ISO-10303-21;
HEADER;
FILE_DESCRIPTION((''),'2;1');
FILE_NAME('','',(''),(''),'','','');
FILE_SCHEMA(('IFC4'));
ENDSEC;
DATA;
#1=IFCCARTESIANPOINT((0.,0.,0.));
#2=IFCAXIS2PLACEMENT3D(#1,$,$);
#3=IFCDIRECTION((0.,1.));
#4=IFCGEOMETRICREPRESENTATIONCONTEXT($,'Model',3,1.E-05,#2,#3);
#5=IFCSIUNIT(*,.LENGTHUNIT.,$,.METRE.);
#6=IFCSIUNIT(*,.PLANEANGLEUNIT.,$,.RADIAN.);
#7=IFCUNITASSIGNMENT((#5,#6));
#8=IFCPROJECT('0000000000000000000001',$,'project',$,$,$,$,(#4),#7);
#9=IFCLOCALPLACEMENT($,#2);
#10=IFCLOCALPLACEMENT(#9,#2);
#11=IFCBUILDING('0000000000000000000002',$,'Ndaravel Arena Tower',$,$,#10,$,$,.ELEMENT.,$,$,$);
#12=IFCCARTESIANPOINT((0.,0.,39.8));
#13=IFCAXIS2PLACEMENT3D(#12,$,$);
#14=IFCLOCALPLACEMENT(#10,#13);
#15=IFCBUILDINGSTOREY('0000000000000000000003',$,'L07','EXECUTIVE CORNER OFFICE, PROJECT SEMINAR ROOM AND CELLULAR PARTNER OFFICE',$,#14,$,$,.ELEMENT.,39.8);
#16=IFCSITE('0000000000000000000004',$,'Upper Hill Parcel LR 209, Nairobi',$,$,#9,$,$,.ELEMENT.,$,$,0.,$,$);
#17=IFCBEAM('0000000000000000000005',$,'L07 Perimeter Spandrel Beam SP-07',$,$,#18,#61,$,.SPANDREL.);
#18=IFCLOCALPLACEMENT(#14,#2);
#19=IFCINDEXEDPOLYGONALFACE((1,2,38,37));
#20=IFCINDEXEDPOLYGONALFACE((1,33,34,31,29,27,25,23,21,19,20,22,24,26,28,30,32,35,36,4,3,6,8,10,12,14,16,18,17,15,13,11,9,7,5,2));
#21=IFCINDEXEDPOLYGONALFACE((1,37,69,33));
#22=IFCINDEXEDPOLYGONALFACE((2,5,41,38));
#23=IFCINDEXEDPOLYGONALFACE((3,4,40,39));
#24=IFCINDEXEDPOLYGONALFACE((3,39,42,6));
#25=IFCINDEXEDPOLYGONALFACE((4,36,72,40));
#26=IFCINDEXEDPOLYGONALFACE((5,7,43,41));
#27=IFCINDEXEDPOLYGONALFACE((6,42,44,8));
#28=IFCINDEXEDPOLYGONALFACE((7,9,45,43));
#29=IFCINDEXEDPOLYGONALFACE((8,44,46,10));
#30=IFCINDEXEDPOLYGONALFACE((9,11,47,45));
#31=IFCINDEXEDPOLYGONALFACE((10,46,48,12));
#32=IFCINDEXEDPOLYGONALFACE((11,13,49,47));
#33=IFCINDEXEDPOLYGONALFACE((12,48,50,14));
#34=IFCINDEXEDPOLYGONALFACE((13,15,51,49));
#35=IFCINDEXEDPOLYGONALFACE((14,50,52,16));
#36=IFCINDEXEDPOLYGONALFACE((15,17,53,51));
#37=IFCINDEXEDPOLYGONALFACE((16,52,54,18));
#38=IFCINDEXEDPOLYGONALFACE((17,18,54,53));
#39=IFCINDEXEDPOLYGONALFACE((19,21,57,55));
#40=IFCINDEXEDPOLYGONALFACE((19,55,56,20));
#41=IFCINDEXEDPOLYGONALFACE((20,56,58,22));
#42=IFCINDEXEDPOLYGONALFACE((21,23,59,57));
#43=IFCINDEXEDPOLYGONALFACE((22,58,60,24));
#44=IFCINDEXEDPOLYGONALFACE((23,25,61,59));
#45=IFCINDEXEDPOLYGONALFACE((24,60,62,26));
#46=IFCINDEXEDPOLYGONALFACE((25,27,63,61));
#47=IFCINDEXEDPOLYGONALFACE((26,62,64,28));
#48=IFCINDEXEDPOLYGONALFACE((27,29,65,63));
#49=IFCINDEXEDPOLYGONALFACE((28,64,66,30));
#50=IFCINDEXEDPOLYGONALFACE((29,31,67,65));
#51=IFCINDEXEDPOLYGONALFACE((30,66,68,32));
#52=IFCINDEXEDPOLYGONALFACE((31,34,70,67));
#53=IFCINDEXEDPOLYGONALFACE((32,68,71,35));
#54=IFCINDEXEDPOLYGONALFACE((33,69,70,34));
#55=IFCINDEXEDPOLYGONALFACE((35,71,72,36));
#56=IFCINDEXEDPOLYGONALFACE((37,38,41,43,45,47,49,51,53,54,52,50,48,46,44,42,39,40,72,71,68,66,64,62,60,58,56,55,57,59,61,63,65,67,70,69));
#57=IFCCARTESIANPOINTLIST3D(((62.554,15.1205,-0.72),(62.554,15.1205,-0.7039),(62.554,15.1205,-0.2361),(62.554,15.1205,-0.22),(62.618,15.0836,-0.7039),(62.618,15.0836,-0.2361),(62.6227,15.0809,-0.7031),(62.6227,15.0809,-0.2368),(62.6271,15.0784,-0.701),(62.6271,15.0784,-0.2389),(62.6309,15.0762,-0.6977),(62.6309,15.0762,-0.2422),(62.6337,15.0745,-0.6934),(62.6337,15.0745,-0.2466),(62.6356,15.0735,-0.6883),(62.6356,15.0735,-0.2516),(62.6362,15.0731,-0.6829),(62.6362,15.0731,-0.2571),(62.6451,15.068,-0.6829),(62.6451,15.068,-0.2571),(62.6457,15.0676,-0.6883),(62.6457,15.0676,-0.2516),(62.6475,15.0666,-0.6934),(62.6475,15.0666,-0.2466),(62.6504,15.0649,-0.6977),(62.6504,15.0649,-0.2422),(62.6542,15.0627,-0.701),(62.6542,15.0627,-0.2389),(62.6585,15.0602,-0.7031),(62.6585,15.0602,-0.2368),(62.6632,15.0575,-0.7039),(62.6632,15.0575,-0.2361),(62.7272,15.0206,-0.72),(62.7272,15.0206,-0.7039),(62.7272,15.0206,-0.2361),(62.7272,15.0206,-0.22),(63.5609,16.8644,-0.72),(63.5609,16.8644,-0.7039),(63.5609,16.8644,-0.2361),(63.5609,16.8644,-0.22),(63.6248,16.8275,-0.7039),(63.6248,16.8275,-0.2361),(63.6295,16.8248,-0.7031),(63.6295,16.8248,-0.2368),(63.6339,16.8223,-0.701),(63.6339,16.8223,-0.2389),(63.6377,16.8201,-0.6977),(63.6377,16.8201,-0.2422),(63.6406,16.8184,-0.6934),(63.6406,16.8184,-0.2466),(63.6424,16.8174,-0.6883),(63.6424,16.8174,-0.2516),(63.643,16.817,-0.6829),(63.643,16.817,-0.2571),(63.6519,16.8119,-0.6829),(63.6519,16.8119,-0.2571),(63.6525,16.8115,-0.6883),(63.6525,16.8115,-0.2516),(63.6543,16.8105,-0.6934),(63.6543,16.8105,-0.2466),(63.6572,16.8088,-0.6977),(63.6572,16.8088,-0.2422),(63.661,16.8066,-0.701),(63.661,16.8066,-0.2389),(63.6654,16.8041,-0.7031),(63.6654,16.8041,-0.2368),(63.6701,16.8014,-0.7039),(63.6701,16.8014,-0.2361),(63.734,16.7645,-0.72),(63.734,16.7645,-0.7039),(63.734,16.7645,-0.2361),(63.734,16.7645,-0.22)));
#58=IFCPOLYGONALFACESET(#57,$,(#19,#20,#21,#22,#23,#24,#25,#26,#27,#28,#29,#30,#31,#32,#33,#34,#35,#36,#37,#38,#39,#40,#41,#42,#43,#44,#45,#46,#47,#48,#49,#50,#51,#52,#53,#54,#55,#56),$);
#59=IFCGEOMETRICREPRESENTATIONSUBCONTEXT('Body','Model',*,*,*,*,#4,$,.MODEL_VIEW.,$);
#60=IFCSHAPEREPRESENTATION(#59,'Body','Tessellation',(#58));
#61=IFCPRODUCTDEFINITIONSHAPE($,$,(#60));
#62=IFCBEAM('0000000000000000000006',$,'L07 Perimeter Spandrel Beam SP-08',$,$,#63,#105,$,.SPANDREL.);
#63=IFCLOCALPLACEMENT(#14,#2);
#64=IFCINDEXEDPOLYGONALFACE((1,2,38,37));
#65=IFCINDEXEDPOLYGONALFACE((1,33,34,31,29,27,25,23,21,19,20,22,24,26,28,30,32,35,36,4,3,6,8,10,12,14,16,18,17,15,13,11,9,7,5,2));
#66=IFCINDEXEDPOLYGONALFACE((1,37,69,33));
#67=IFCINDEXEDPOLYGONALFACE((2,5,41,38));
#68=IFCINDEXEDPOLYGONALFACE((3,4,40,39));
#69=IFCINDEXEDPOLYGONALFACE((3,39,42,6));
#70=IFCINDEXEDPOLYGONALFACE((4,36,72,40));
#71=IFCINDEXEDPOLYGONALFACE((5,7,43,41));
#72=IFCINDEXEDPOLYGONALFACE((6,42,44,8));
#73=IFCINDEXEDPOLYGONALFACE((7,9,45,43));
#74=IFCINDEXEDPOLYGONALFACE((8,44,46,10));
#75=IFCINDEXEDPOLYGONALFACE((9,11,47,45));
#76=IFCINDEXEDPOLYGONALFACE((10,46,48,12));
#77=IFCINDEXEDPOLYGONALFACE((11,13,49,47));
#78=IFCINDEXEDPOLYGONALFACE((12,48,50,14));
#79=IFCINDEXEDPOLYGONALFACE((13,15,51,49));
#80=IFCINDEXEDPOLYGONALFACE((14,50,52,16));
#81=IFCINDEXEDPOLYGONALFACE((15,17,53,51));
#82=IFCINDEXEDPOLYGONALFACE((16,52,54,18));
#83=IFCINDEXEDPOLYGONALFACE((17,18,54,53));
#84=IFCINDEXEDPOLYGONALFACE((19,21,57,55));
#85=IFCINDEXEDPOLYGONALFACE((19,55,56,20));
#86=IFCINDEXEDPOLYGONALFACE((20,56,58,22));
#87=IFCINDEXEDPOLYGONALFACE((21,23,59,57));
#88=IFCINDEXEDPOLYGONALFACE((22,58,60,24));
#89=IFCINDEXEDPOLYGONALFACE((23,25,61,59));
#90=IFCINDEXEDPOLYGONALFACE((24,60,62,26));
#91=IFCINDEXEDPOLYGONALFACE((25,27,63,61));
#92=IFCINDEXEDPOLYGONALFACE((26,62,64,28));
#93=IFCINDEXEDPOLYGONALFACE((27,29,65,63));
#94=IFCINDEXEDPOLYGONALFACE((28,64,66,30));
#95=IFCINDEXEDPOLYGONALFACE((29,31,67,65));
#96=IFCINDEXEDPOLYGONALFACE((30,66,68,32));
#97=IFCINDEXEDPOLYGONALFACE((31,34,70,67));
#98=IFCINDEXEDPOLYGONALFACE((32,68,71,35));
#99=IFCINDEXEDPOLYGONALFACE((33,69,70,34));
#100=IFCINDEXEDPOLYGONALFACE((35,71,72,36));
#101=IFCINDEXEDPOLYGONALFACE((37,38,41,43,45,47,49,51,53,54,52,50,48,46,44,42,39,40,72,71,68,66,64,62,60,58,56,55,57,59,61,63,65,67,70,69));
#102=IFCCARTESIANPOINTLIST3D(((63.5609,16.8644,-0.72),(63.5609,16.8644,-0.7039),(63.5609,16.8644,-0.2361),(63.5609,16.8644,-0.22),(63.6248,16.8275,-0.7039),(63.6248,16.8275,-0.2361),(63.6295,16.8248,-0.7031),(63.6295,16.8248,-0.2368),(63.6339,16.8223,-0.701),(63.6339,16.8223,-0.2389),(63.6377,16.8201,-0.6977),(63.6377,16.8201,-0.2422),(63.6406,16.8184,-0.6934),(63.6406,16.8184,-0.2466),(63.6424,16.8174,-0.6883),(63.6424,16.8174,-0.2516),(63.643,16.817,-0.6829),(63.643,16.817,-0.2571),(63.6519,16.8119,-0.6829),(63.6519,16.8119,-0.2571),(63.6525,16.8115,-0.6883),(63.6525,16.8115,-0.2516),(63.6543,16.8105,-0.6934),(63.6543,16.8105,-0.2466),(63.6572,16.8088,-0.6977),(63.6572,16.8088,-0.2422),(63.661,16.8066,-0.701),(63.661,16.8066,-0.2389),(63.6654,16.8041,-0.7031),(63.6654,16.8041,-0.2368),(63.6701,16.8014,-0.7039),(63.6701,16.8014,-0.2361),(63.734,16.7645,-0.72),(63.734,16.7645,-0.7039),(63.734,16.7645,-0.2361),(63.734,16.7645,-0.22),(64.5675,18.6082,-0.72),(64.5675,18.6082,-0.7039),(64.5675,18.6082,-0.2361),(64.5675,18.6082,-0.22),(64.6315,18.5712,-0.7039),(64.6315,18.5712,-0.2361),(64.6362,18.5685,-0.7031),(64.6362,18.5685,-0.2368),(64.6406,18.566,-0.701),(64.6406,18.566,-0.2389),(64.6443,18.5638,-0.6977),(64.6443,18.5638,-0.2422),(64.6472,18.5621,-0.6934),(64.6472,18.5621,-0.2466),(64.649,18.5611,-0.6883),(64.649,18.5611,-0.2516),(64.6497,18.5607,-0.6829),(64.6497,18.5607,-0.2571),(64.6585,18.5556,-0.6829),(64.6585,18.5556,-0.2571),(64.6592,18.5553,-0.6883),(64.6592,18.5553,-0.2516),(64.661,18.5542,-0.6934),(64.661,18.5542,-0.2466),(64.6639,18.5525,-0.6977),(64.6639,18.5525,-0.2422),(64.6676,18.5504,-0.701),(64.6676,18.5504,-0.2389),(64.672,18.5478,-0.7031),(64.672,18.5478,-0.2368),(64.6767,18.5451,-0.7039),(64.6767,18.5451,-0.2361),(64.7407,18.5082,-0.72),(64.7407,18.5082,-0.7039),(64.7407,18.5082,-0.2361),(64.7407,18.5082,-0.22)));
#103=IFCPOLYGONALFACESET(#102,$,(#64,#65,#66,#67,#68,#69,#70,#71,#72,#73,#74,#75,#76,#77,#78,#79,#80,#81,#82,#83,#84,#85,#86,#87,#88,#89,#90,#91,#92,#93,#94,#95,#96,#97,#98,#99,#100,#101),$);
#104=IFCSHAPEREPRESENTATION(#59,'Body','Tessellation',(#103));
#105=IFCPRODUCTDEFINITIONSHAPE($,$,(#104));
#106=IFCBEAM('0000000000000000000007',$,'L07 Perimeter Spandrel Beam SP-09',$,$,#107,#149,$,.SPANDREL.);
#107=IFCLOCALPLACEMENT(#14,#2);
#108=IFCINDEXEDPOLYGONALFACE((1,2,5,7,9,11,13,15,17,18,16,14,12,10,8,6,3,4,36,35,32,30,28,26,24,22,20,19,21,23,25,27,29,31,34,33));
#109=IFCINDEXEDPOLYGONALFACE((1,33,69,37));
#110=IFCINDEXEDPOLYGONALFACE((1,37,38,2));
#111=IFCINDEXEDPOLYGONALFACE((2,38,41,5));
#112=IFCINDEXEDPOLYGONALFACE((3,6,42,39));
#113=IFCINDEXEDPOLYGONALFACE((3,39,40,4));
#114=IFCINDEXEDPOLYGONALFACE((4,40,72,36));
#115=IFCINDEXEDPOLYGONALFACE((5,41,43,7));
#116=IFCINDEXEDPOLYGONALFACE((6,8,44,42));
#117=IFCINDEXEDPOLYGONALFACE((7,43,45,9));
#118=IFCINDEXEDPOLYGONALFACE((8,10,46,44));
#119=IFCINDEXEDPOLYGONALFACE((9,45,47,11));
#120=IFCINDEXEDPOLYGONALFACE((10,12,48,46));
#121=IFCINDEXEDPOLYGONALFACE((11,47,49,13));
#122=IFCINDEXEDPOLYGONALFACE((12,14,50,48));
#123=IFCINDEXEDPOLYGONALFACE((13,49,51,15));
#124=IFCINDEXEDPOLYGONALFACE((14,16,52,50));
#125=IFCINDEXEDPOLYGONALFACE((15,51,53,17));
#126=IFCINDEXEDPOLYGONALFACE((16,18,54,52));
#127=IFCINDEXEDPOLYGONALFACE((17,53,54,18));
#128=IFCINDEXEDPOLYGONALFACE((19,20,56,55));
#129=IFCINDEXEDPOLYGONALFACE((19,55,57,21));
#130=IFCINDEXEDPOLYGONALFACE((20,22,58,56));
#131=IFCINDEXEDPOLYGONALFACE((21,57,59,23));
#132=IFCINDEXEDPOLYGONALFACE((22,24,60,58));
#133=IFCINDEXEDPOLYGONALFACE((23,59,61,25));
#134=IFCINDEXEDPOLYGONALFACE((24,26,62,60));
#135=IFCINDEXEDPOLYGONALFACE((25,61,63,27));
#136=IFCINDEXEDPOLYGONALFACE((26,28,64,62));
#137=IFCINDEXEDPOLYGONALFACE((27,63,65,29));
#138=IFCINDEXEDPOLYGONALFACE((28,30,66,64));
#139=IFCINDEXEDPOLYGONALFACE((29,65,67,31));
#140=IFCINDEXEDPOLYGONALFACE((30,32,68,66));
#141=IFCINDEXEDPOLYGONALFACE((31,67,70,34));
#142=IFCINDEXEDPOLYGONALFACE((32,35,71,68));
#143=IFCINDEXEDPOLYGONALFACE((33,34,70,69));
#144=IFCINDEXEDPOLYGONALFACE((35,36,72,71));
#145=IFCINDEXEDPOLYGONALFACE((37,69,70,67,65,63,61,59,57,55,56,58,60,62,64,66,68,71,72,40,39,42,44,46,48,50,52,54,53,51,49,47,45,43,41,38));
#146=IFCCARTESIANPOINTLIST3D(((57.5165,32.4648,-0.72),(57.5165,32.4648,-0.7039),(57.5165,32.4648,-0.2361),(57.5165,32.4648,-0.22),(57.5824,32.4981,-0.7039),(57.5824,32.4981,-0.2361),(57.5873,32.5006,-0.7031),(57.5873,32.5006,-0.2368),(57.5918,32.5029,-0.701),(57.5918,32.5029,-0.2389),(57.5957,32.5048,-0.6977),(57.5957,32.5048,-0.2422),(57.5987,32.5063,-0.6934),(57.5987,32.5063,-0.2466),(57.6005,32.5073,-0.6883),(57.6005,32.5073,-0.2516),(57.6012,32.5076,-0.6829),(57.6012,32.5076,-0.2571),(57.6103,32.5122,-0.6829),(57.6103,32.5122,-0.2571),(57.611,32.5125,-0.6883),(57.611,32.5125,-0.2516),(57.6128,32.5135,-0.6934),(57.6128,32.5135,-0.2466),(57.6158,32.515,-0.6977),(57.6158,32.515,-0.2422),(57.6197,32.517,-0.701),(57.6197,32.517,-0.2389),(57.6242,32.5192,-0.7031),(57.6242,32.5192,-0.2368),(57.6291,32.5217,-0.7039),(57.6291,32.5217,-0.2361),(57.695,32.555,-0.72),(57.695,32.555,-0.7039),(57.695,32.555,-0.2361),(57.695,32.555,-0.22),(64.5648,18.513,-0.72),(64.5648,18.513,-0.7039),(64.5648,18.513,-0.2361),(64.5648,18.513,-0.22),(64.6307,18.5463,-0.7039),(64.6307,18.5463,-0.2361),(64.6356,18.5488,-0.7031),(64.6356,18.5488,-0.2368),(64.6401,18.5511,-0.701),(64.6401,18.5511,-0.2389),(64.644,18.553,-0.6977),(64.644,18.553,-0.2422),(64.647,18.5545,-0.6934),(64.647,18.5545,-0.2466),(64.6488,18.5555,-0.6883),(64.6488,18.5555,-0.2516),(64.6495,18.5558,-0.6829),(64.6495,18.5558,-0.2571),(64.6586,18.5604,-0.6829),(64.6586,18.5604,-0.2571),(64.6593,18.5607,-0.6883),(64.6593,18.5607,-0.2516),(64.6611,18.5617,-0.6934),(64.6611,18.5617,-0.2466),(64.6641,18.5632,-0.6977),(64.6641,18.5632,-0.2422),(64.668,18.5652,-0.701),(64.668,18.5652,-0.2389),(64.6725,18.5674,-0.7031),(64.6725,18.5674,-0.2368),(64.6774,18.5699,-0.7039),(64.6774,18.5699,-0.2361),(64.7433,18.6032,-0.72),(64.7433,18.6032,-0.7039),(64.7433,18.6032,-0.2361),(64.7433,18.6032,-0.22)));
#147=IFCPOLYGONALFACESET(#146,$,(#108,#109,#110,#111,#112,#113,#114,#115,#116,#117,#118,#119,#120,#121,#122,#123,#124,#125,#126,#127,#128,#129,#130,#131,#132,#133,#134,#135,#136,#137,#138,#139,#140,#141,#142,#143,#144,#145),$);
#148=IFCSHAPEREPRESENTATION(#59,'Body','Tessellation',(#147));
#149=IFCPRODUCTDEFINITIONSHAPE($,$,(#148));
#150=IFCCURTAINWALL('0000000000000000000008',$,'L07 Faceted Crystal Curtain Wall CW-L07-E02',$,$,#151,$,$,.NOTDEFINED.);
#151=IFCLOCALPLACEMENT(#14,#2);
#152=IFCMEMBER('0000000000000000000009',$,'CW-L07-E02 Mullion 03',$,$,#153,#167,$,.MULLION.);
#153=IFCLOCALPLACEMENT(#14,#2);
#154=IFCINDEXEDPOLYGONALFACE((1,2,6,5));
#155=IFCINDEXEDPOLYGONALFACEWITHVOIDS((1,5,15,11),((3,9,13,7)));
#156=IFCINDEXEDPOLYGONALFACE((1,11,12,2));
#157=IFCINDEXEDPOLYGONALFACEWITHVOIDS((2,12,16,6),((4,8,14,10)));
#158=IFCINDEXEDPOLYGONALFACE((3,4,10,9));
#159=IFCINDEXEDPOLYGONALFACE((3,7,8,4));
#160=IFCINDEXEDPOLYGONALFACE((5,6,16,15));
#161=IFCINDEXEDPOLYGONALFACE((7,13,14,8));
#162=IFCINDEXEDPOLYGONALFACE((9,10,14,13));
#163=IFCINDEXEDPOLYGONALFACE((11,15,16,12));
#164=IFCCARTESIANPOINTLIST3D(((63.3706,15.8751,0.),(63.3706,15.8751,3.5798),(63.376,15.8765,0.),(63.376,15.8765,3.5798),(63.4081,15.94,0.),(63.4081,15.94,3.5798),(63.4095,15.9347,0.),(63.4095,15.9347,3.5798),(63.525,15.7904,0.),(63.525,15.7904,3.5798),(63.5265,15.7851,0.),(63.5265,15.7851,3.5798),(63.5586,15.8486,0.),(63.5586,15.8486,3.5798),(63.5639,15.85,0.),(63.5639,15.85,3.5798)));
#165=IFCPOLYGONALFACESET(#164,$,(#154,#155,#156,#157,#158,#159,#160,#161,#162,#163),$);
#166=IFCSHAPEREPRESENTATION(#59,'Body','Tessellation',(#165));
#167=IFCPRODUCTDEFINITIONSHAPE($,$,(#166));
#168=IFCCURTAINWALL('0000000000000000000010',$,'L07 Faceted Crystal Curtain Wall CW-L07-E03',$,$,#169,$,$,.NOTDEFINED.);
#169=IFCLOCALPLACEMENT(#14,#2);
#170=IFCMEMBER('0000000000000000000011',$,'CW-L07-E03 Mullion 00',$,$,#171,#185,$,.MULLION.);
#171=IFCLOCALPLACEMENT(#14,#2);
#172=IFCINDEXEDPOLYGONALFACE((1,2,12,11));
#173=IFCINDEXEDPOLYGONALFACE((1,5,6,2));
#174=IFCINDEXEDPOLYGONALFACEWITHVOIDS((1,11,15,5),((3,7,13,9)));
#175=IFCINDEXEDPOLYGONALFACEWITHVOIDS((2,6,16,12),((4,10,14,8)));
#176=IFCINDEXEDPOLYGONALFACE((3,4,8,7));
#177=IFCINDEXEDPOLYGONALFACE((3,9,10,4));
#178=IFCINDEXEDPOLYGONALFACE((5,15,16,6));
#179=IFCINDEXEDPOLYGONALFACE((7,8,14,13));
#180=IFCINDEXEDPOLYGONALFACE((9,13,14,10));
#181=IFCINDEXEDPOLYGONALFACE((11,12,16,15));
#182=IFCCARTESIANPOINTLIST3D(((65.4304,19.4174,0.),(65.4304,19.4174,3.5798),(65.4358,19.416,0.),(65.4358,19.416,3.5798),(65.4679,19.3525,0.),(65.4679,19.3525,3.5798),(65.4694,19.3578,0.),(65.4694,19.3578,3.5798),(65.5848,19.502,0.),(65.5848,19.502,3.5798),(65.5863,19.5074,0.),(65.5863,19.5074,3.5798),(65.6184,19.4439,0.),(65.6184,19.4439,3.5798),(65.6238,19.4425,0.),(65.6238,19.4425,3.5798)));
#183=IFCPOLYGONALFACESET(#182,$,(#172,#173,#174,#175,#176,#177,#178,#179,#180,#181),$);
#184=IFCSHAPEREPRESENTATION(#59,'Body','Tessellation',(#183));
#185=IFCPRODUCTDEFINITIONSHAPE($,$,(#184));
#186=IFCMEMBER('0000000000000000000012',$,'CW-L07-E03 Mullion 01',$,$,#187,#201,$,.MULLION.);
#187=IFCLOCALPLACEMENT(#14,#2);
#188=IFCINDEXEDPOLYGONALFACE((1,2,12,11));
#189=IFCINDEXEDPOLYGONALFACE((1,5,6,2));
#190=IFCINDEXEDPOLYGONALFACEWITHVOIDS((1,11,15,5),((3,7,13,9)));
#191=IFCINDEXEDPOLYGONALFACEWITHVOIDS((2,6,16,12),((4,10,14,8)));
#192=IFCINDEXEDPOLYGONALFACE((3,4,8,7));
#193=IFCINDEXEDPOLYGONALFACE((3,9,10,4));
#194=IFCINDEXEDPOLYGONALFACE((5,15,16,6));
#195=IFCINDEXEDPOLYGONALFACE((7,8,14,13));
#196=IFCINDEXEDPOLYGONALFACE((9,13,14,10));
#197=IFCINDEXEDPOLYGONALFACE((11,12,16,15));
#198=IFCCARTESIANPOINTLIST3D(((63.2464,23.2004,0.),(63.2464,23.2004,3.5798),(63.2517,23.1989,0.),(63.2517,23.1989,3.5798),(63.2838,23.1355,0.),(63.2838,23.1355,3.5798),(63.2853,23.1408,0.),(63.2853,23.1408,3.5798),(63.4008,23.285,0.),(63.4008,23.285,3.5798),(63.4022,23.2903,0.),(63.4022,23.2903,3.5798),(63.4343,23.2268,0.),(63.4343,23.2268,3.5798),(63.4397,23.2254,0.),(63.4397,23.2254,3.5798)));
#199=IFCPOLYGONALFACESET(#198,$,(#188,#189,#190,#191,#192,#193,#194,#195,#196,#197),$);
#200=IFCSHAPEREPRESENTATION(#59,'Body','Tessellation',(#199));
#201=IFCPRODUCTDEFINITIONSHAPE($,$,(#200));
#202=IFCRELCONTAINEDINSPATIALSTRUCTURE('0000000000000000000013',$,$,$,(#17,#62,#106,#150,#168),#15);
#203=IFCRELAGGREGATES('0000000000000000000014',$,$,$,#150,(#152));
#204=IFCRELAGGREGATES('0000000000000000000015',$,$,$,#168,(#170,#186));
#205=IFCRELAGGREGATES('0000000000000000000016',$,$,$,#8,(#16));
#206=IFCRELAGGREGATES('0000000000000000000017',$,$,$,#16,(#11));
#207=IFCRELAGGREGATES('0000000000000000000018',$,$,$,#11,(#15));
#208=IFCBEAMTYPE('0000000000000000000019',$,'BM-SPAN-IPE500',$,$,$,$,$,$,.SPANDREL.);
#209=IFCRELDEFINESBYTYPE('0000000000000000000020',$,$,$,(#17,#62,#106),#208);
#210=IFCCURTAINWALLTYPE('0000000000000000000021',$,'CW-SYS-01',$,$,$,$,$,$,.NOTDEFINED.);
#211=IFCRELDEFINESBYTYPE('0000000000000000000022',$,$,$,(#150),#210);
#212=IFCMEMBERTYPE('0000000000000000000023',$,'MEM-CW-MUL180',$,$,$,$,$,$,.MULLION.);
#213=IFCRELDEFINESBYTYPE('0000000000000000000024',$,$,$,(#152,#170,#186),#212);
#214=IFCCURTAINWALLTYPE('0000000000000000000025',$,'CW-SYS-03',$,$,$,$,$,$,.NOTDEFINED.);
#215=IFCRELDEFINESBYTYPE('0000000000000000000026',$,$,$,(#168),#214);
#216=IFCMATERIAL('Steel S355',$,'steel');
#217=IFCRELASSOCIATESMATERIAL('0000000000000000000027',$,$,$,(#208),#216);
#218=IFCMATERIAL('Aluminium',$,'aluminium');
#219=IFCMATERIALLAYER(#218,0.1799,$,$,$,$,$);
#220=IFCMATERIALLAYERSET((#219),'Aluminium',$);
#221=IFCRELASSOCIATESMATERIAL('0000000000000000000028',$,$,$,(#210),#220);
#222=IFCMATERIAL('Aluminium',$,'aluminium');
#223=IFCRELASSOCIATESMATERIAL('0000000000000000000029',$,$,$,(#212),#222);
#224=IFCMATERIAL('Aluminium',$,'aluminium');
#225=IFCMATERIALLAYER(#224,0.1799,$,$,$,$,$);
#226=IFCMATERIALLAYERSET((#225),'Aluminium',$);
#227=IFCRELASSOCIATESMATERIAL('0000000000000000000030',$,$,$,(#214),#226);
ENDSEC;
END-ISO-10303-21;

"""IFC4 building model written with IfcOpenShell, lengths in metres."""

from ifc_helpers import new_model, si_unit, direction, frame, origin, origin_2d, place, context, subcontext, project, spatial, hollow_rectangle, i_section, extrude, material, layer, layer_set, material_profile, profile_set, type_object, element, aggregate, save


model = new_model("IFC4")

# Units and contexts
model_context = context("Model", 3, precision=1e-05, world=origin(), true_north=direction((0.0, 1.0)))
body_context = subcontext(model_context, "Body", "Model", "MODEL_VIEW")
ifc_project = project(units=[si_unit("LENGTHUNIT", "METRE"), si_unit("PLANEANGLEUNIT", "RADIAN")], contexts=[model_context])

# Site, building, storey
site_placement = place(None, origin())
site = spatial("IfcSite", under=ifc_project, at=site_placement, Name="Upper Hill Parcel LR 209, Nairobi", CompositionType="ELEMENT", RefElevation=0.0)
building_placement = place(site_placement, origin())
building = spatial("IfcBuilding", under=site, at=building_placement, Name="Ndaravel Arena Tower", CompositionType="ELEMENT")
storey_placement = place(building_placement, frame((0.0, 0.0, 39.8)))
storey = spatial("IfcBuildingStorey", under=building, at=storey_placement, Name="L07", Description="EXECUTIVE CORNER OFFICE, PROJECT SEMINAR ROOM AND CELLULAR PARTNER OFFICE", CompositionType="ELEMENT", Elevation=39.8)

# Beams
ifc_material_1 = material(Name="Steel S355", Category="steel")
ifc_material_profile_1 = material_profile(ifc_material_1, i_section(OverallWidth=0.2, OverallDepth=0.5, WebThickness=0.0103, FlangeThickness=0.0161, FilletRadius=0.021, at=origin_2d()), Name="IPE 500")
ifc_profile_set_1 = profile_set([ifc_material_profile_1], Name="Steel S355")
beam_type_1 = type_object("IfcBeamType", Name="BM-SPAN-IPE500", PredefinedType="SPANDREL", material=ifc_profile_set_1)
beam_1_placement = place(storey_placement, frame((62.6406, 15.0706, -0.47), z_axis=(0.499999, 0.866026, 0.0), x_axis=(-0.866026, 0.499999, 0.0)))
element("IfcBeam", 1, at=beam_1_placement, inside=storey, type_object=beam_type_1, Name="L07 Perimeter Spandrel Beam SP-07", PredefinedType="SPANDREL", context=body_context, shape_type="SweptSolid", body=[
    extrude(i_section(OverallWidth=0.2, OverallDepth=0.5, WebThickness=0.0103, FlangeThickness=0.0161, FilletRadius=0.021, at=origin_2d()), origin(), (0.0, 0.0, 1.0), 2.0137),
])
beam_2_placement = place(storey_placement, frame((63.6475, 16.8145, -0.47), z_axis=(0.49996, 0.866048, 0.0), x_axis=(-0.866048, 0.49996, 0.0)))
element("IfcBeam", 2, at=beam_2_placement, inside=storey, type_object=beam_type_1, Name="L07 Perimeter Spandrel Beam SP-08", PredefinedType="SPANDREL", context=body_context, shape_type="SweptSolid", body=[
    extrude(i_section(OverallWidth=0.2, OverallDepth=0.5, WebThickness=0.0103, FlangeThickness=0.0161, FilletRadius=0.021, at=origin_2d()), origin(), (0.0, 0.0, 1.0), 2.0134),
])
beam_3_placement = place(storey_placement, frame((64.6541, 18.5581, -0.47), z_axis=(-0.450915, 0.892567, 0.0), x_axis=(-0.892567, -0.450915, 0.0)))
element("IfcBeam", 3, at=beam_3_placement, inside=storey, type_object=beam_type_1, Name="L07 Perimeter Spandrel Beam SP-09", PredefinedType="SPANDREL", context=body_context, shape_type="SweptSolid", body=[
    extrude(i_section(OverallWidth=0.2, OverallDepth=0.5, WebThickness=0.0103, FlangeThickness=0.0161, FilletRadius=0.021, at=origin_2d()), origin(), (0.0, 0.0, 1.0), 15.6311),
])

# Curtain wall, member
ifc_material_2 = material(Name="Aluminium", Category="aluminium")
ifc_layer_1 = layer(ifc_material_2, 0.1799)
ifc_layer_set_1 = layer_set([ifc_layer_1], Name="Aluminium")
curtain_wall_type_1 = type_object("IfcCurtainWallType", Name="CW-SYS-01", PredefinedType="NOTDEFINED", material=ifc_layer_set_1)
curtain_wall_1_placement = place(storey_placement, origin())
curtain_wall_1 = element("IfcCurtainWall", 4, at=curtain_wall_1_placement, inside=storey, type_object=curtain_wall_type_1, Name="L07 Faceted Crystal Curtain Wall CW-L07-E02", PredefinedType="NOTDEFINED")
ifc_material_3 = material(Name="Aluminium", Category="aluminium")
ifc_material_profile_2 = material_profile(ifc_material_3, hollow_rectangle(XDim=0.075, YDim=0.1799, WallThickness=0.0039, at=origin_2d()), Name="CW MULLION 75x180x4")
ifc_profile_set_2 = profile_set([ifc_material_profile_2], Name="Aluminium")
member_type_1 = type_object("IfcMemberType", Name="MEM-CW-MUL180", PredefinedType="MULLION", material=ifc_profile_set_2)
member_1_placement = place(storey_placement, frame((63.4673, 15.8625, 0.0), z_axis=(0.0, 0.0, 1.0), x_axis=(0.5, 0.866025, 0.0)))
member_1 = element("IfcMember", 5, at=member_1_placement, type_object=member_type_1, Name="CW-L07-E02 Mullion 03", PredefinedType="MULLION", context=body_context, shape_type="SweptSolid", body=[
    extrude(hollow_rectangle(XDim=0.075, YDim=0.1799, WallThickness=0.0039, at=origin_2d()), origin(), (0.0, 0.0, 1.0), 3.5798),
])

# Curtain wall, members
ifc_material_4 = material(Name="Aluminium", Category="aluminium")
ifc_layer_2 = layer(ifc_material_4, 0.1799)
ifc_layer_set_2 = layer_set([ifc_layer_2], Name="Aluminium")
curtain_wall_type_2 = type_object("IfcCurtainWallType", Name="CW-SYS-03", PredefinedType="NOTDEFINED", material=ifc_layer_set_2)
curtain_wall_2_placement = place(storey_placement, origin())
curtain_wall_2 = element("IfcCurtainWall", 6, at=curtain_wall_2_placement, inside=storey, type_object=curtain_wall_type_2, Name="L07 Faceted Crystal Curtain Wall CW-L07-E03", PredefinedType="NOTDEFINED")
member_2_placement = place(storey_placement, frame((65.5271, 19.4299, 0.0), z_axis=(0.0, 0.0, 1.0), x_axis=(-0.5, 0.866025, 0.0)))
member_2 = element("IfcMember", 7, at=member_2_placement, type_object=member_type_1, Name="CW-L07-E03 Mullion 00", PredefinedType="MULLION", context=body_context, shape_type="SweptSolid", body=[
    extrude(hollow_rectangle(XDim=0.075, YDim=0.1799, WallThickness=0.0039, at=origin_2d()), origin(), (0.0, 0.0, 1.0), 3.5798),
])
member_3_placement = place(storey_placement, frame((63.343, 23.2129, 0.0), z_axis=(0.0, 0.0, 1.0), x_axis=(-0.5, 0.866025, 0.0)))
member_3 = element("IfcMember", 8, at=member_3_placement, type_object=member_type_1, Name="CW-L07-E03 Mullion 01", PredefinedType="MULLION", context=body_context, shape_type="SweptSolid", body=[
    extrude(hollow_rectangle(XDim=0.075, YDim=0.1799, WallThickness=0.0039, at=origin_2d()), origin(), (0.0, 0.0, 1.0), 3.5798),
])

aggregate(curtain_wall_1, [member_1])
aggregate(curtain_wall_2, [member_2, member_3])

save(model, "model.ifc")
